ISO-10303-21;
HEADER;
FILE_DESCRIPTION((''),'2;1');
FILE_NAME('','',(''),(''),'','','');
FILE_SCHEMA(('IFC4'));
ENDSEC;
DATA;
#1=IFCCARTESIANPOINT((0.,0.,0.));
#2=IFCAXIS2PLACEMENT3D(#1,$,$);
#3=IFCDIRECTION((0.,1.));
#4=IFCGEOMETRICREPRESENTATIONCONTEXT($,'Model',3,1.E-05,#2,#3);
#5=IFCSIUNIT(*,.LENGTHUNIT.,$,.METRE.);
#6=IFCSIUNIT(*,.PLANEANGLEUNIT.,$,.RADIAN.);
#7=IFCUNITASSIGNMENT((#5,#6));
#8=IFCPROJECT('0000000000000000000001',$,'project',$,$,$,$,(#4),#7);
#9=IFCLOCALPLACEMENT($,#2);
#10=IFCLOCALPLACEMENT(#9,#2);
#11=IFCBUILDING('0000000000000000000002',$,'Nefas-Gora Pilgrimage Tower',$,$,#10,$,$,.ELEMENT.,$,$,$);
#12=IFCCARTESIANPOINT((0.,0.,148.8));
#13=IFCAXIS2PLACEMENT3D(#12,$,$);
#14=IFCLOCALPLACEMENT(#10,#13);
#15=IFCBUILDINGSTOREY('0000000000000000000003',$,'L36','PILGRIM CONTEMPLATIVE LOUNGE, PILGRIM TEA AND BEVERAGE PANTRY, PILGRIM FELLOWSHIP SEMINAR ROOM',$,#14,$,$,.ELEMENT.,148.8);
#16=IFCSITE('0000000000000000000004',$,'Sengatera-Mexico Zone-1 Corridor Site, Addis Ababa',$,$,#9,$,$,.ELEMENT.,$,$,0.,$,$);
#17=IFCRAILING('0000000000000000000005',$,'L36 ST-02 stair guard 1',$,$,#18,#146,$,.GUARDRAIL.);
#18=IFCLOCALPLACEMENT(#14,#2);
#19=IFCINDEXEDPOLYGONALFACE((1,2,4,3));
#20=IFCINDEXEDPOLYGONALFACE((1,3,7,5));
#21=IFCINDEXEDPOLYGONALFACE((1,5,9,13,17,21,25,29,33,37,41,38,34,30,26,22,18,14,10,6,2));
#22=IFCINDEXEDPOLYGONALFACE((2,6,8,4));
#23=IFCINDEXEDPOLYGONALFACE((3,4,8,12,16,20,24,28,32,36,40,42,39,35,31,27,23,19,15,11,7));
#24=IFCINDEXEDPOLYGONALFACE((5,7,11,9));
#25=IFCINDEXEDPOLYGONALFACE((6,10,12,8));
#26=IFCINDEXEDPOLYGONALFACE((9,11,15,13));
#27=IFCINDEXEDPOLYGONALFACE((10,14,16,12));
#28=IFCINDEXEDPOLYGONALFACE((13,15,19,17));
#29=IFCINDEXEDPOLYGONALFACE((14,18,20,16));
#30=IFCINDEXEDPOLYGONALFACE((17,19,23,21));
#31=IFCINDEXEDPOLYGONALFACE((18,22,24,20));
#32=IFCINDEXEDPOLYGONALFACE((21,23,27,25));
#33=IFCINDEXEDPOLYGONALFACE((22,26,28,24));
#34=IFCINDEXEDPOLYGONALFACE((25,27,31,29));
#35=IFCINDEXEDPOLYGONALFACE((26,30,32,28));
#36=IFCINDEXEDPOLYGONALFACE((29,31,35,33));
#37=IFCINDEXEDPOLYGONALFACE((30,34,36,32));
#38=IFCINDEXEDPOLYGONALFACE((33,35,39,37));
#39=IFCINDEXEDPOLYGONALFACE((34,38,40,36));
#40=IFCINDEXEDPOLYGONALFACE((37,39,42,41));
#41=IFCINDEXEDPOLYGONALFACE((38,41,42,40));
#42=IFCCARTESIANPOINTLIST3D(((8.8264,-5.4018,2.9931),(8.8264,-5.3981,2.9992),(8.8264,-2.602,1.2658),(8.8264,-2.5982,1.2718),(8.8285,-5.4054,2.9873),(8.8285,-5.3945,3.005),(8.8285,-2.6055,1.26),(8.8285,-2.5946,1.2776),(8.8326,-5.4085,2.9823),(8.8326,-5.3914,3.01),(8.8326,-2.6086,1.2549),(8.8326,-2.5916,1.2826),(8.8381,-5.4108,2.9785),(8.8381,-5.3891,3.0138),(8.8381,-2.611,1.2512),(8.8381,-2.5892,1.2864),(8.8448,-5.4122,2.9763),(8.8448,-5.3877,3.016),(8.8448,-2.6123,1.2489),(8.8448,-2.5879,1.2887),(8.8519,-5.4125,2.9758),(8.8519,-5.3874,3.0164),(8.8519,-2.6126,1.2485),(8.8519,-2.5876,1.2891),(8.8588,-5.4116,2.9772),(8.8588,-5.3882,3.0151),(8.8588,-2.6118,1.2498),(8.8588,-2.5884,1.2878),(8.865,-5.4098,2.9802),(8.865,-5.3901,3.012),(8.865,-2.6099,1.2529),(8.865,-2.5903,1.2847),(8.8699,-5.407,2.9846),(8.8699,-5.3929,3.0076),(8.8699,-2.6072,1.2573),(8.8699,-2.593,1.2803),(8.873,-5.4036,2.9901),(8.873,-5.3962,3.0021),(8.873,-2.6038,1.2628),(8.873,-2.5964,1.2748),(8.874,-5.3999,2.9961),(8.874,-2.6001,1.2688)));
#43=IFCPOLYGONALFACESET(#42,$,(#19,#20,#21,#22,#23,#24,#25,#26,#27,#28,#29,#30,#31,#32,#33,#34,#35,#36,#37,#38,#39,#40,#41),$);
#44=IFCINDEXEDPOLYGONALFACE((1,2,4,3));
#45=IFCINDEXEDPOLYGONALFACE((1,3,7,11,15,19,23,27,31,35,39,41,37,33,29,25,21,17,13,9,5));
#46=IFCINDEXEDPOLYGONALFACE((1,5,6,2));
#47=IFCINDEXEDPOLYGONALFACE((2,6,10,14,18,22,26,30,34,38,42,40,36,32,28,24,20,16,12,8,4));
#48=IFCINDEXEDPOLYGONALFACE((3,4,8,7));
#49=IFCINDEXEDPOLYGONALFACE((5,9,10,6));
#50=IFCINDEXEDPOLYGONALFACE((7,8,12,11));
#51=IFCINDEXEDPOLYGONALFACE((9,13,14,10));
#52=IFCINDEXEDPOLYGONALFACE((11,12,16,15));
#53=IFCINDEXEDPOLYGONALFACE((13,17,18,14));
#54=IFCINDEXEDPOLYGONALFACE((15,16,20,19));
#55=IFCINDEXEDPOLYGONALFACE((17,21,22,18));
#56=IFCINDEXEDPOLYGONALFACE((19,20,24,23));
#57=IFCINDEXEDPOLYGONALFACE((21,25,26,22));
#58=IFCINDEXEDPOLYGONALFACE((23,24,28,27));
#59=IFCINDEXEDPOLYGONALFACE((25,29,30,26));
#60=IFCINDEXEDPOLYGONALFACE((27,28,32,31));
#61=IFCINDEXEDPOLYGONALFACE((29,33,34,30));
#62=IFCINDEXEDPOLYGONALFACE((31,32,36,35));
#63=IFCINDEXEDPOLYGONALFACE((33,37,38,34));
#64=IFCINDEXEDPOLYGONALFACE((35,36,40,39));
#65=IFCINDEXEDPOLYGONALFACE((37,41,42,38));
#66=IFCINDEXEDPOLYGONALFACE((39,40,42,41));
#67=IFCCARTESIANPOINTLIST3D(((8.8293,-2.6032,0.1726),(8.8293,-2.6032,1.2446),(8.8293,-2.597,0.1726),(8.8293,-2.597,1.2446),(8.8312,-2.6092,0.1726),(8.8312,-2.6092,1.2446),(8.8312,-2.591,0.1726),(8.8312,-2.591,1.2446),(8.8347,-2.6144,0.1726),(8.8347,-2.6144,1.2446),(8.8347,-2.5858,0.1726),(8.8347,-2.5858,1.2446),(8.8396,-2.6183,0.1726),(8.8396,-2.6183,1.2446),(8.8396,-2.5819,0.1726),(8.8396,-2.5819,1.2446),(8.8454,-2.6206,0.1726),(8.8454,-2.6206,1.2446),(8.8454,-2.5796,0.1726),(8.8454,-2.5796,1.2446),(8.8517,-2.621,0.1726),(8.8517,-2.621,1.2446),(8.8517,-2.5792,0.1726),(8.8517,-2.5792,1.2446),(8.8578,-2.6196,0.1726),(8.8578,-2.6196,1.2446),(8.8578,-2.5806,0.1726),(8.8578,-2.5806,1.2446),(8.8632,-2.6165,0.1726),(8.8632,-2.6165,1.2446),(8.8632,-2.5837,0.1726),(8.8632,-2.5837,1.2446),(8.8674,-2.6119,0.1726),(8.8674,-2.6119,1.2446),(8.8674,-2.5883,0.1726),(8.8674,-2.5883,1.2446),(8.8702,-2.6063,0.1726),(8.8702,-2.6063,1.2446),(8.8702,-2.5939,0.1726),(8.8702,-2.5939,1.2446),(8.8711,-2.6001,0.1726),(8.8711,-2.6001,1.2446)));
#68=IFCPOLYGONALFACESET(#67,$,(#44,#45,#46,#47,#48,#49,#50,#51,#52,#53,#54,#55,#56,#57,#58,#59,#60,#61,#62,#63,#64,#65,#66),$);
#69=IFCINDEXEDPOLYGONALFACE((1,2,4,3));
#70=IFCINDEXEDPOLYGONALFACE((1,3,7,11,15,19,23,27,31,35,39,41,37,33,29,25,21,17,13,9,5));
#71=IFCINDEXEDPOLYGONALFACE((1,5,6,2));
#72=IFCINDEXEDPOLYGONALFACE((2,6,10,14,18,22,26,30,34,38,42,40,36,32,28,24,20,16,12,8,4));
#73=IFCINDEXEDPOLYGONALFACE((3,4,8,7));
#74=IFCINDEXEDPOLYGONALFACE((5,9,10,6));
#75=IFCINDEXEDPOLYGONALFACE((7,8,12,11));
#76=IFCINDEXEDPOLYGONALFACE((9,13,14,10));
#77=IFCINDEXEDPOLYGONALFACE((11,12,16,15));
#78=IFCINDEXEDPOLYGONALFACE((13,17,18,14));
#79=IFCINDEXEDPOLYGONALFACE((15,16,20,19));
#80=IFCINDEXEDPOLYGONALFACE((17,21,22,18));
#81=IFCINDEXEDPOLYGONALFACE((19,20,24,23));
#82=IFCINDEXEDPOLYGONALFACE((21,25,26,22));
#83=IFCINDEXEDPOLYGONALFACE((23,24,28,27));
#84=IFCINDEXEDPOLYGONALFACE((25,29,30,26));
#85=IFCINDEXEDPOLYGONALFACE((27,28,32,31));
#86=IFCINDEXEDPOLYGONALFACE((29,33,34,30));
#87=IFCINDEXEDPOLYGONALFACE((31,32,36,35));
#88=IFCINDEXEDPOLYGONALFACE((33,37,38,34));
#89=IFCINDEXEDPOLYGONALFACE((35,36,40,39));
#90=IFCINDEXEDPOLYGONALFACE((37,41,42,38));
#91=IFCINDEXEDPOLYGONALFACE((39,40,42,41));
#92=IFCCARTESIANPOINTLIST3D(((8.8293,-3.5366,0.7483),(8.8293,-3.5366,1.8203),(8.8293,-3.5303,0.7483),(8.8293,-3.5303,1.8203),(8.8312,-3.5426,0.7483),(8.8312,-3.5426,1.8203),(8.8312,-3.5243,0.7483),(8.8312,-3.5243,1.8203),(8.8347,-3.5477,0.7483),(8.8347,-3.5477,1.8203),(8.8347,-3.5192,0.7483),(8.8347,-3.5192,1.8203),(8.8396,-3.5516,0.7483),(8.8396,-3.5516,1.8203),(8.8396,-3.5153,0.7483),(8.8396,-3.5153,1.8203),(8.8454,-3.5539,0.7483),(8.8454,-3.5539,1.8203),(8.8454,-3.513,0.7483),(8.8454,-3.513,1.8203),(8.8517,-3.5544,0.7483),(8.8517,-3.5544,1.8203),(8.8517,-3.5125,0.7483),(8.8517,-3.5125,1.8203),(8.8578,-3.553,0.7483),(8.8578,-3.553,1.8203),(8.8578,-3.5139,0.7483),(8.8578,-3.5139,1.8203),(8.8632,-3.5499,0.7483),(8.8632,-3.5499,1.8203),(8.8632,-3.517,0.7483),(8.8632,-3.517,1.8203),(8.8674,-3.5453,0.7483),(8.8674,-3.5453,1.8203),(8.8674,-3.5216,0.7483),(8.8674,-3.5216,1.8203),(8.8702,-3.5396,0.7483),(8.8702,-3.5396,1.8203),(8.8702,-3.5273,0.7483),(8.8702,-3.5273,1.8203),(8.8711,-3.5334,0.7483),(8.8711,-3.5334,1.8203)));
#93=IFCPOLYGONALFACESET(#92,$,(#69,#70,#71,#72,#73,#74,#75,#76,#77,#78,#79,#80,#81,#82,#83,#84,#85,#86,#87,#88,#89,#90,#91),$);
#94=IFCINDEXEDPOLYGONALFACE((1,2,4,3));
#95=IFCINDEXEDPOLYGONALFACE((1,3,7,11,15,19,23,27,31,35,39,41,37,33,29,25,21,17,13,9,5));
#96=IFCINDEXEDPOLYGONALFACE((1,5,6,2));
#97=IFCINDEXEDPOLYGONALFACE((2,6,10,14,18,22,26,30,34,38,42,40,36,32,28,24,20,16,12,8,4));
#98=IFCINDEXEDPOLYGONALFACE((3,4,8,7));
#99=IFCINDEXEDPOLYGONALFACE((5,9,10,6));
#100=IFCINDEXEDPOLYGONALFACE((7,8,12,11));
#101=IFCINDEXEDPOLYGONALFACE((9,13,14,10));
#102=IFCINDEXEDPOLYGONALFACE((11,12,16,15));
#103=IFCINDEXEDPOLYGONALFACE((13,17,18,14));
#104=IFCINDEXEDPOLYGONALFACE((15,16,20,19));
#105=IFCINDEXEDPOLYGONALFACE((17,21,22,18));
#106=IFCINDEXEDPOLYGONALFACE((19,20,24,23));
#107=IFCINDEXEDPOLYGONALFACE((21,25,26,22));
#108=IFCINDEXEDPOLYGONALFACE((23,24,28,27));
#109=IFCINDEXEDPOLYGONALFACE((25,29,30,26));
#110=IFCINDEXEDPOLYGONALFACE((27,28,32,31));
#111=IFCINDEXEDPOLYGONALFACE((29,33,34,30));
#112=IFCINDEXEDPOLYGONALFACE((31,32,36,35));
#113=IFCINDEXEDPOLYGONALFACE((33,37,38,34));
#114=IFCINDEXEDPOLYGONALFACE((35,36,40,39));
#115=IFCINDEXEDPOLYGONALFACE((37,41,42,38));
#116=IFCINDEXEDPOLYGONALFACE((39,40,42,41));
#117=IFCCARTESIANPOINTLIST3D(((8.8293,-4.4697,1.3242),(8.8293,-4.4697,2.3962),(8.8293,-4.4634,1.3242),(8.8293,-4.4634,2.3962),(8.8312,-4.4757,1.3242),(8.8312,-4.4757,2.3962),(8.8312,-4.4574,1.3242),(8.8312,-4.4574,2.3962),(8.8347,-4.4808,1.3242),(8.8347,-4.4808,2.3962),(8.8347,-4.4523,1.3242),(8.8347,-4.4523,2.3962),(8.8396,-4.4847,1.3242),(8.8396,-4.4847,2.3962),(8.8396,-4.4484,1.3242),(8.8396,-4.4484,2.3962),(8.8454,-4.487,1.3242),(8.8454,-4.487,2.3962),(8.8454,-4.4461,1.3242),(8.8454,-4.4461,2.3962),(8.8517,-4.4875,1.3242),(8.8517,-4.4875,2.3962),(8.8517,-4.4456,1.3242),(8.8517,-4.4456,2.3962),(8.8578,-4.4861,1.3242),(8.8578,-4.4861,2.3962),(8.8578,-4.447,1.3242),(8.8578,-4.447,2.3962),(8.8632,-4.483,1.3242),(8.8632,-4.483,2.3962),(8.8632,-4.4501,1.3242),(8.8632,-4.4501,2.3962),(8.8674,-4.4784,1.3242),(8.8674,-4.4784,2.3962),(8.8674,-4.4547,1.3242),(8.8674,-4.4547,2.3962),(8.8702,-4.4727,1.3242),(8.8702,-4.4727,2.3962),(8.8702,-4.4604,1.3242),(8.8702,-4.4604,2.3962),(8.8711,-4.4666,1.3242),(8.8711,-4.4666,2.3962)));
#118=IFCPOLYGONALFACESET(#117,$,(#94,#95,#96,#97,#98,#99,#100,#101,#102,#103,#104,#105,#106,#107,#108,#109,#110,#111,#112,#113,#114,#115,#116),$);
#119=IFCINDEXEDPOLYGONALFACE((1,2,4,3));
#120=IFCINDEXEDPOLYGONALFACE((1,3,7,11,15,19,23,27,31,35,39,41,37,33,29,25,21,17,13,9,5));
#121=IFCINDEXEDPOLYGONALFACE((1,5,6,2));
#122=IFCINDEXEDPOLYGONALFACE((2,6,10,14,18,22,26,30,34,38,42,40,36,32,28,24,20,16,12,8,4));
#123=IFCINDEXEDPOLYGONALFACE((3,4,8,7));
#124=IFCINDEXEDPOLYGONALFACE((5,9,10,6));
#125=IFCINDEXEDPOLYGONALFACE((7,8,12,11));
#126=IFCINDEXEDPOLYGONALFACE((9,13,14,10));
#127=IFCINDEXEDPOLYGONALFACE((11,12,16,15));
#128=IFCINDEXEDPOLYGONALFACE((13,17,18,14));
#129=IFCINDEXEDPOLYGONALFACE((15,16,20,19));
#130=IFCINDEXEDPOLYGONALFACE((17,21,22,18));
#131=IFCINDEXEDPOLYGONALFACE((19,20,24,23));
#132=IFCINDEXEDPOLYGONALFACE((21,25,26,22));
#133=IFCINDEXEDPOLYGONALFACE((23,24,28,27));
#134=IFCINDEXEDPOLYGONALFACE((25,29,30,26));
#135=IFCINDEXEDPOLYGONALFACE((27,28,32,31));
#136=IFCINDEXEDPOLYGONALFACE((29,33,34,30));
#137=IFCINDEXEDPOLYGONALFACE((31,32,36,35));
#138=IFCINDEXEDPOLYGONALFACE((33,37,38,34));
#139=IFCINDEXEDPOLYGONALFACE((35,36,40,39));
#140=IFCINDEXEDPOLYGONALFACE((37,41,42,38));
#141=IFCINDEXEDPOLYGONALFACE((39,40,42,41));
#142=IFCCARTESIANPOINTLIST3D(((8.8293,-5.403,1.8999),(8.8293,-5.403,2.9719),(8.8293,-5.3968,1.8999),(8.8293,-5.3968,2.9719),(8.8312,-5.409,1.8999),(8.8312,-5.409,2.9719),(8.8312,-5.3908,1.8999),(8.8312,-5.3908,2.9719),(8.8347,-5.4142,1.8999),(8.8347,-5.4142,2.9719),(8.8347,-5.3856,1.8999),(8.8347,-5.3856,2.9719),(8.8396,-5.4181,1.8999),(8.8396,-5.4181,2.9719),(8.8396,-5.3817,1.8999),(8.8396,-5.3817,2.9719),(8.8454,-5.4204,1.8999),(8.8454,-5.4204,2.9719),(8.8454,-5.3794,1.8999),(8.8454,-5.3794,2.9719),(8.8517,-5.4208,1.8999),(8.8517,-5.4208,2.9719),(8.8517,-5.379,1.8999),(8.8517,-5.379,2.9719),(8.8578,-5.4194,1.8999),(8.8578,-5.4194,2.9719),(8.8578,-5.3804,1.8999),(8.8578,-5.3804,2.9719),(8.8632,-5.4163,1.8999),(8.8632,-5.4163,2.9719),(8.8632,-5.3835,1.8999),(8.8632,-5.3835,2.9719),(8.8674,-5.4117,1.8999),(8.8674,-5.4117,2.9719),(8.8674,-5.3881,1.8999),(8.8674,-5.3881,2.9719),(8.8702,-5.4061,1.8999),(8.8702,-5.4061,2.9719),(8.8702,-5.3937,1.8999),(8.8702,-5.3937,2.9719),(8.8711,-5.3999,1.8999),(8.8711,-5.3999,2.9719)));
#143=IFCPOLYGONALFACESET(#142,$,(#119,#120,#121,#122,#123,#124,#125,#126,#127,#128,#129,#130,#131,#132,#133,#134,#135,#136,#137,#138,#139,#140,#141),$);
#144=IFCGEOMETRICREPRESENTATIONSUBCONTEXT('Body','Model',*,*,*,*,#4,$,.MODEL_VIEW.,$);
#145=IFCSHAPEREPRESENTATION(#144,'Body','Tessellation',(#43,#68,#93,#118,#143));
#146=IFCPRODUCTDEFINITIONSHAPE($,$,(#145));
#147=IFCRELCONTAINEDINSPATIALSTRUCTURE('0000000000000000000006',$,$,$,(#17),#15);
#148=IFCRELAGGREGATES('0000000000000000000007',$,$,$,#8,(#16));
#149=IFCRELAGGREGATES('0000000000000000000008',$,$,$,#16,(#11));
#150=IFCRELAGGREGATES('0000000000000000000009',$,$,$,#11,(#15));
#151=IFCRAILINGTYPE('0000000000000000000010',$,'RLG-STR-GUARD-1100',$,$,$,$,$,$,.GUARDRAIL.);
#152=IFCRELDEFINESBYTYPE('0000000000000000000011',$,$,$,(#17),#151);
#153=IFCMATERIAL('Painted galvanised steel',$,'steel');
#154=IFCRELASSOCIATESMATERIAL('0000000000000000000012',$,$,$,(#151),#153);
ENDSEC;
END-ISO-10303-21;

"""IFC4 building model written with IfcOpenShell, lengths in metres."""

from ifc_helpers import new_model, si_unit, direction, frame, origin, origin_2d, place, context, subcontext, project, spatial, circle, extrude, material, type_object, element, save


model = new_model("IFC4")

# Units and contexts
model_context = context("Model", 3, precision=1e-05, world=origin(), true_north=direction((0.0, 1.0)))
body_context = subcontext(model_context, "Body", "Model", "MODEL_VIEW")
ifc_project = project(units=[si_unit("LENGTHUNIT", "METRE"), si_unit("PLANEANGLEUNIT", "RADIAN")], contexts=[model_context])

# Site, building, storey
site_placement = place(None, origin())
site = spatial("IfcSite", under=ifc_project, at=site_placement, Name="Sengatera-Mexico Zone-1 Corridor Site, Addis Ababa", CompositionType="ELEMENT", RefElevation=0.0)
building_placement = place(site_placement, origin())
building = spatial("IfcBuilding", under=site, at=building_placement, Name="Nefas-Gora Pilgrimage Tower", CompositionType="ELEMENT")
storey_placement = place(building_placement, frame((0.0, 0.0, 148.8)))
storey = spatial("IfcBuildingStorey", under=building, at=storey_placement, Name="L36", Description="PILGRIM CONTEMPLATIVE LOUNGE, PILGRIM TEA AND BEVERAGE PANTRY, PILGRIM FELLOWSHIP SEMINAR ROOM", CompositionType="ELEMENT", Elevation=148.8)

# Railing
ifc_material_1 = material(Name="Painted galvanised steel", Category="steel")
railing_type_1 = type_object("IfcRailingType", Name="RLG-STR-GUARD-1100", PredefinedType="GUARDRAIL", material=ifc_material_1)
railing_1_placement = place(storey_placement, frame((8.8501, -2.6001, 0.1726)))
element("IfcRailing", 1, at=railing_1_placement, inside=storey, type_object=railing_type_1, Name="L36 ST-02 stair guard 1", PredefinedType="GUARDRAIL", context=body_context, shape_type="SweptSolid", body=[
    extrude(circle(Radius=0.0239, at=origin_2d()), frame((0.0, 0.0, 1.0962), z_axis=(0.0, -0.851069, 0.525054), x_axis=(1.0, 0.0, 0.0)), (0.0, 0.0, 1.0), 3.2898),
    extrude(circle(Radius=0.021, at=origin_2d()), origin(), (0.0, 0.0, 1.0), 1.072),
    extrude(circle(Radius=0.021, at=origin_2d()), frame((0.0, -0.9333, 0.5757)), (0.0, 0.0, 1.0), 1.072),
    extrude(circle(Radius=0.021, at=origin_2d()), frame((0.0, -1.8665, 1.1516)), (0.0, 0.0, 1.0), 1.072),
    extrude(circle(Radius=0.021, at=origin_2d()), frame((0.0, -2.7998, 1.7273)), (0.0, 0.0, 1.0), 1.072),
])

save(model, "model.ifc")
